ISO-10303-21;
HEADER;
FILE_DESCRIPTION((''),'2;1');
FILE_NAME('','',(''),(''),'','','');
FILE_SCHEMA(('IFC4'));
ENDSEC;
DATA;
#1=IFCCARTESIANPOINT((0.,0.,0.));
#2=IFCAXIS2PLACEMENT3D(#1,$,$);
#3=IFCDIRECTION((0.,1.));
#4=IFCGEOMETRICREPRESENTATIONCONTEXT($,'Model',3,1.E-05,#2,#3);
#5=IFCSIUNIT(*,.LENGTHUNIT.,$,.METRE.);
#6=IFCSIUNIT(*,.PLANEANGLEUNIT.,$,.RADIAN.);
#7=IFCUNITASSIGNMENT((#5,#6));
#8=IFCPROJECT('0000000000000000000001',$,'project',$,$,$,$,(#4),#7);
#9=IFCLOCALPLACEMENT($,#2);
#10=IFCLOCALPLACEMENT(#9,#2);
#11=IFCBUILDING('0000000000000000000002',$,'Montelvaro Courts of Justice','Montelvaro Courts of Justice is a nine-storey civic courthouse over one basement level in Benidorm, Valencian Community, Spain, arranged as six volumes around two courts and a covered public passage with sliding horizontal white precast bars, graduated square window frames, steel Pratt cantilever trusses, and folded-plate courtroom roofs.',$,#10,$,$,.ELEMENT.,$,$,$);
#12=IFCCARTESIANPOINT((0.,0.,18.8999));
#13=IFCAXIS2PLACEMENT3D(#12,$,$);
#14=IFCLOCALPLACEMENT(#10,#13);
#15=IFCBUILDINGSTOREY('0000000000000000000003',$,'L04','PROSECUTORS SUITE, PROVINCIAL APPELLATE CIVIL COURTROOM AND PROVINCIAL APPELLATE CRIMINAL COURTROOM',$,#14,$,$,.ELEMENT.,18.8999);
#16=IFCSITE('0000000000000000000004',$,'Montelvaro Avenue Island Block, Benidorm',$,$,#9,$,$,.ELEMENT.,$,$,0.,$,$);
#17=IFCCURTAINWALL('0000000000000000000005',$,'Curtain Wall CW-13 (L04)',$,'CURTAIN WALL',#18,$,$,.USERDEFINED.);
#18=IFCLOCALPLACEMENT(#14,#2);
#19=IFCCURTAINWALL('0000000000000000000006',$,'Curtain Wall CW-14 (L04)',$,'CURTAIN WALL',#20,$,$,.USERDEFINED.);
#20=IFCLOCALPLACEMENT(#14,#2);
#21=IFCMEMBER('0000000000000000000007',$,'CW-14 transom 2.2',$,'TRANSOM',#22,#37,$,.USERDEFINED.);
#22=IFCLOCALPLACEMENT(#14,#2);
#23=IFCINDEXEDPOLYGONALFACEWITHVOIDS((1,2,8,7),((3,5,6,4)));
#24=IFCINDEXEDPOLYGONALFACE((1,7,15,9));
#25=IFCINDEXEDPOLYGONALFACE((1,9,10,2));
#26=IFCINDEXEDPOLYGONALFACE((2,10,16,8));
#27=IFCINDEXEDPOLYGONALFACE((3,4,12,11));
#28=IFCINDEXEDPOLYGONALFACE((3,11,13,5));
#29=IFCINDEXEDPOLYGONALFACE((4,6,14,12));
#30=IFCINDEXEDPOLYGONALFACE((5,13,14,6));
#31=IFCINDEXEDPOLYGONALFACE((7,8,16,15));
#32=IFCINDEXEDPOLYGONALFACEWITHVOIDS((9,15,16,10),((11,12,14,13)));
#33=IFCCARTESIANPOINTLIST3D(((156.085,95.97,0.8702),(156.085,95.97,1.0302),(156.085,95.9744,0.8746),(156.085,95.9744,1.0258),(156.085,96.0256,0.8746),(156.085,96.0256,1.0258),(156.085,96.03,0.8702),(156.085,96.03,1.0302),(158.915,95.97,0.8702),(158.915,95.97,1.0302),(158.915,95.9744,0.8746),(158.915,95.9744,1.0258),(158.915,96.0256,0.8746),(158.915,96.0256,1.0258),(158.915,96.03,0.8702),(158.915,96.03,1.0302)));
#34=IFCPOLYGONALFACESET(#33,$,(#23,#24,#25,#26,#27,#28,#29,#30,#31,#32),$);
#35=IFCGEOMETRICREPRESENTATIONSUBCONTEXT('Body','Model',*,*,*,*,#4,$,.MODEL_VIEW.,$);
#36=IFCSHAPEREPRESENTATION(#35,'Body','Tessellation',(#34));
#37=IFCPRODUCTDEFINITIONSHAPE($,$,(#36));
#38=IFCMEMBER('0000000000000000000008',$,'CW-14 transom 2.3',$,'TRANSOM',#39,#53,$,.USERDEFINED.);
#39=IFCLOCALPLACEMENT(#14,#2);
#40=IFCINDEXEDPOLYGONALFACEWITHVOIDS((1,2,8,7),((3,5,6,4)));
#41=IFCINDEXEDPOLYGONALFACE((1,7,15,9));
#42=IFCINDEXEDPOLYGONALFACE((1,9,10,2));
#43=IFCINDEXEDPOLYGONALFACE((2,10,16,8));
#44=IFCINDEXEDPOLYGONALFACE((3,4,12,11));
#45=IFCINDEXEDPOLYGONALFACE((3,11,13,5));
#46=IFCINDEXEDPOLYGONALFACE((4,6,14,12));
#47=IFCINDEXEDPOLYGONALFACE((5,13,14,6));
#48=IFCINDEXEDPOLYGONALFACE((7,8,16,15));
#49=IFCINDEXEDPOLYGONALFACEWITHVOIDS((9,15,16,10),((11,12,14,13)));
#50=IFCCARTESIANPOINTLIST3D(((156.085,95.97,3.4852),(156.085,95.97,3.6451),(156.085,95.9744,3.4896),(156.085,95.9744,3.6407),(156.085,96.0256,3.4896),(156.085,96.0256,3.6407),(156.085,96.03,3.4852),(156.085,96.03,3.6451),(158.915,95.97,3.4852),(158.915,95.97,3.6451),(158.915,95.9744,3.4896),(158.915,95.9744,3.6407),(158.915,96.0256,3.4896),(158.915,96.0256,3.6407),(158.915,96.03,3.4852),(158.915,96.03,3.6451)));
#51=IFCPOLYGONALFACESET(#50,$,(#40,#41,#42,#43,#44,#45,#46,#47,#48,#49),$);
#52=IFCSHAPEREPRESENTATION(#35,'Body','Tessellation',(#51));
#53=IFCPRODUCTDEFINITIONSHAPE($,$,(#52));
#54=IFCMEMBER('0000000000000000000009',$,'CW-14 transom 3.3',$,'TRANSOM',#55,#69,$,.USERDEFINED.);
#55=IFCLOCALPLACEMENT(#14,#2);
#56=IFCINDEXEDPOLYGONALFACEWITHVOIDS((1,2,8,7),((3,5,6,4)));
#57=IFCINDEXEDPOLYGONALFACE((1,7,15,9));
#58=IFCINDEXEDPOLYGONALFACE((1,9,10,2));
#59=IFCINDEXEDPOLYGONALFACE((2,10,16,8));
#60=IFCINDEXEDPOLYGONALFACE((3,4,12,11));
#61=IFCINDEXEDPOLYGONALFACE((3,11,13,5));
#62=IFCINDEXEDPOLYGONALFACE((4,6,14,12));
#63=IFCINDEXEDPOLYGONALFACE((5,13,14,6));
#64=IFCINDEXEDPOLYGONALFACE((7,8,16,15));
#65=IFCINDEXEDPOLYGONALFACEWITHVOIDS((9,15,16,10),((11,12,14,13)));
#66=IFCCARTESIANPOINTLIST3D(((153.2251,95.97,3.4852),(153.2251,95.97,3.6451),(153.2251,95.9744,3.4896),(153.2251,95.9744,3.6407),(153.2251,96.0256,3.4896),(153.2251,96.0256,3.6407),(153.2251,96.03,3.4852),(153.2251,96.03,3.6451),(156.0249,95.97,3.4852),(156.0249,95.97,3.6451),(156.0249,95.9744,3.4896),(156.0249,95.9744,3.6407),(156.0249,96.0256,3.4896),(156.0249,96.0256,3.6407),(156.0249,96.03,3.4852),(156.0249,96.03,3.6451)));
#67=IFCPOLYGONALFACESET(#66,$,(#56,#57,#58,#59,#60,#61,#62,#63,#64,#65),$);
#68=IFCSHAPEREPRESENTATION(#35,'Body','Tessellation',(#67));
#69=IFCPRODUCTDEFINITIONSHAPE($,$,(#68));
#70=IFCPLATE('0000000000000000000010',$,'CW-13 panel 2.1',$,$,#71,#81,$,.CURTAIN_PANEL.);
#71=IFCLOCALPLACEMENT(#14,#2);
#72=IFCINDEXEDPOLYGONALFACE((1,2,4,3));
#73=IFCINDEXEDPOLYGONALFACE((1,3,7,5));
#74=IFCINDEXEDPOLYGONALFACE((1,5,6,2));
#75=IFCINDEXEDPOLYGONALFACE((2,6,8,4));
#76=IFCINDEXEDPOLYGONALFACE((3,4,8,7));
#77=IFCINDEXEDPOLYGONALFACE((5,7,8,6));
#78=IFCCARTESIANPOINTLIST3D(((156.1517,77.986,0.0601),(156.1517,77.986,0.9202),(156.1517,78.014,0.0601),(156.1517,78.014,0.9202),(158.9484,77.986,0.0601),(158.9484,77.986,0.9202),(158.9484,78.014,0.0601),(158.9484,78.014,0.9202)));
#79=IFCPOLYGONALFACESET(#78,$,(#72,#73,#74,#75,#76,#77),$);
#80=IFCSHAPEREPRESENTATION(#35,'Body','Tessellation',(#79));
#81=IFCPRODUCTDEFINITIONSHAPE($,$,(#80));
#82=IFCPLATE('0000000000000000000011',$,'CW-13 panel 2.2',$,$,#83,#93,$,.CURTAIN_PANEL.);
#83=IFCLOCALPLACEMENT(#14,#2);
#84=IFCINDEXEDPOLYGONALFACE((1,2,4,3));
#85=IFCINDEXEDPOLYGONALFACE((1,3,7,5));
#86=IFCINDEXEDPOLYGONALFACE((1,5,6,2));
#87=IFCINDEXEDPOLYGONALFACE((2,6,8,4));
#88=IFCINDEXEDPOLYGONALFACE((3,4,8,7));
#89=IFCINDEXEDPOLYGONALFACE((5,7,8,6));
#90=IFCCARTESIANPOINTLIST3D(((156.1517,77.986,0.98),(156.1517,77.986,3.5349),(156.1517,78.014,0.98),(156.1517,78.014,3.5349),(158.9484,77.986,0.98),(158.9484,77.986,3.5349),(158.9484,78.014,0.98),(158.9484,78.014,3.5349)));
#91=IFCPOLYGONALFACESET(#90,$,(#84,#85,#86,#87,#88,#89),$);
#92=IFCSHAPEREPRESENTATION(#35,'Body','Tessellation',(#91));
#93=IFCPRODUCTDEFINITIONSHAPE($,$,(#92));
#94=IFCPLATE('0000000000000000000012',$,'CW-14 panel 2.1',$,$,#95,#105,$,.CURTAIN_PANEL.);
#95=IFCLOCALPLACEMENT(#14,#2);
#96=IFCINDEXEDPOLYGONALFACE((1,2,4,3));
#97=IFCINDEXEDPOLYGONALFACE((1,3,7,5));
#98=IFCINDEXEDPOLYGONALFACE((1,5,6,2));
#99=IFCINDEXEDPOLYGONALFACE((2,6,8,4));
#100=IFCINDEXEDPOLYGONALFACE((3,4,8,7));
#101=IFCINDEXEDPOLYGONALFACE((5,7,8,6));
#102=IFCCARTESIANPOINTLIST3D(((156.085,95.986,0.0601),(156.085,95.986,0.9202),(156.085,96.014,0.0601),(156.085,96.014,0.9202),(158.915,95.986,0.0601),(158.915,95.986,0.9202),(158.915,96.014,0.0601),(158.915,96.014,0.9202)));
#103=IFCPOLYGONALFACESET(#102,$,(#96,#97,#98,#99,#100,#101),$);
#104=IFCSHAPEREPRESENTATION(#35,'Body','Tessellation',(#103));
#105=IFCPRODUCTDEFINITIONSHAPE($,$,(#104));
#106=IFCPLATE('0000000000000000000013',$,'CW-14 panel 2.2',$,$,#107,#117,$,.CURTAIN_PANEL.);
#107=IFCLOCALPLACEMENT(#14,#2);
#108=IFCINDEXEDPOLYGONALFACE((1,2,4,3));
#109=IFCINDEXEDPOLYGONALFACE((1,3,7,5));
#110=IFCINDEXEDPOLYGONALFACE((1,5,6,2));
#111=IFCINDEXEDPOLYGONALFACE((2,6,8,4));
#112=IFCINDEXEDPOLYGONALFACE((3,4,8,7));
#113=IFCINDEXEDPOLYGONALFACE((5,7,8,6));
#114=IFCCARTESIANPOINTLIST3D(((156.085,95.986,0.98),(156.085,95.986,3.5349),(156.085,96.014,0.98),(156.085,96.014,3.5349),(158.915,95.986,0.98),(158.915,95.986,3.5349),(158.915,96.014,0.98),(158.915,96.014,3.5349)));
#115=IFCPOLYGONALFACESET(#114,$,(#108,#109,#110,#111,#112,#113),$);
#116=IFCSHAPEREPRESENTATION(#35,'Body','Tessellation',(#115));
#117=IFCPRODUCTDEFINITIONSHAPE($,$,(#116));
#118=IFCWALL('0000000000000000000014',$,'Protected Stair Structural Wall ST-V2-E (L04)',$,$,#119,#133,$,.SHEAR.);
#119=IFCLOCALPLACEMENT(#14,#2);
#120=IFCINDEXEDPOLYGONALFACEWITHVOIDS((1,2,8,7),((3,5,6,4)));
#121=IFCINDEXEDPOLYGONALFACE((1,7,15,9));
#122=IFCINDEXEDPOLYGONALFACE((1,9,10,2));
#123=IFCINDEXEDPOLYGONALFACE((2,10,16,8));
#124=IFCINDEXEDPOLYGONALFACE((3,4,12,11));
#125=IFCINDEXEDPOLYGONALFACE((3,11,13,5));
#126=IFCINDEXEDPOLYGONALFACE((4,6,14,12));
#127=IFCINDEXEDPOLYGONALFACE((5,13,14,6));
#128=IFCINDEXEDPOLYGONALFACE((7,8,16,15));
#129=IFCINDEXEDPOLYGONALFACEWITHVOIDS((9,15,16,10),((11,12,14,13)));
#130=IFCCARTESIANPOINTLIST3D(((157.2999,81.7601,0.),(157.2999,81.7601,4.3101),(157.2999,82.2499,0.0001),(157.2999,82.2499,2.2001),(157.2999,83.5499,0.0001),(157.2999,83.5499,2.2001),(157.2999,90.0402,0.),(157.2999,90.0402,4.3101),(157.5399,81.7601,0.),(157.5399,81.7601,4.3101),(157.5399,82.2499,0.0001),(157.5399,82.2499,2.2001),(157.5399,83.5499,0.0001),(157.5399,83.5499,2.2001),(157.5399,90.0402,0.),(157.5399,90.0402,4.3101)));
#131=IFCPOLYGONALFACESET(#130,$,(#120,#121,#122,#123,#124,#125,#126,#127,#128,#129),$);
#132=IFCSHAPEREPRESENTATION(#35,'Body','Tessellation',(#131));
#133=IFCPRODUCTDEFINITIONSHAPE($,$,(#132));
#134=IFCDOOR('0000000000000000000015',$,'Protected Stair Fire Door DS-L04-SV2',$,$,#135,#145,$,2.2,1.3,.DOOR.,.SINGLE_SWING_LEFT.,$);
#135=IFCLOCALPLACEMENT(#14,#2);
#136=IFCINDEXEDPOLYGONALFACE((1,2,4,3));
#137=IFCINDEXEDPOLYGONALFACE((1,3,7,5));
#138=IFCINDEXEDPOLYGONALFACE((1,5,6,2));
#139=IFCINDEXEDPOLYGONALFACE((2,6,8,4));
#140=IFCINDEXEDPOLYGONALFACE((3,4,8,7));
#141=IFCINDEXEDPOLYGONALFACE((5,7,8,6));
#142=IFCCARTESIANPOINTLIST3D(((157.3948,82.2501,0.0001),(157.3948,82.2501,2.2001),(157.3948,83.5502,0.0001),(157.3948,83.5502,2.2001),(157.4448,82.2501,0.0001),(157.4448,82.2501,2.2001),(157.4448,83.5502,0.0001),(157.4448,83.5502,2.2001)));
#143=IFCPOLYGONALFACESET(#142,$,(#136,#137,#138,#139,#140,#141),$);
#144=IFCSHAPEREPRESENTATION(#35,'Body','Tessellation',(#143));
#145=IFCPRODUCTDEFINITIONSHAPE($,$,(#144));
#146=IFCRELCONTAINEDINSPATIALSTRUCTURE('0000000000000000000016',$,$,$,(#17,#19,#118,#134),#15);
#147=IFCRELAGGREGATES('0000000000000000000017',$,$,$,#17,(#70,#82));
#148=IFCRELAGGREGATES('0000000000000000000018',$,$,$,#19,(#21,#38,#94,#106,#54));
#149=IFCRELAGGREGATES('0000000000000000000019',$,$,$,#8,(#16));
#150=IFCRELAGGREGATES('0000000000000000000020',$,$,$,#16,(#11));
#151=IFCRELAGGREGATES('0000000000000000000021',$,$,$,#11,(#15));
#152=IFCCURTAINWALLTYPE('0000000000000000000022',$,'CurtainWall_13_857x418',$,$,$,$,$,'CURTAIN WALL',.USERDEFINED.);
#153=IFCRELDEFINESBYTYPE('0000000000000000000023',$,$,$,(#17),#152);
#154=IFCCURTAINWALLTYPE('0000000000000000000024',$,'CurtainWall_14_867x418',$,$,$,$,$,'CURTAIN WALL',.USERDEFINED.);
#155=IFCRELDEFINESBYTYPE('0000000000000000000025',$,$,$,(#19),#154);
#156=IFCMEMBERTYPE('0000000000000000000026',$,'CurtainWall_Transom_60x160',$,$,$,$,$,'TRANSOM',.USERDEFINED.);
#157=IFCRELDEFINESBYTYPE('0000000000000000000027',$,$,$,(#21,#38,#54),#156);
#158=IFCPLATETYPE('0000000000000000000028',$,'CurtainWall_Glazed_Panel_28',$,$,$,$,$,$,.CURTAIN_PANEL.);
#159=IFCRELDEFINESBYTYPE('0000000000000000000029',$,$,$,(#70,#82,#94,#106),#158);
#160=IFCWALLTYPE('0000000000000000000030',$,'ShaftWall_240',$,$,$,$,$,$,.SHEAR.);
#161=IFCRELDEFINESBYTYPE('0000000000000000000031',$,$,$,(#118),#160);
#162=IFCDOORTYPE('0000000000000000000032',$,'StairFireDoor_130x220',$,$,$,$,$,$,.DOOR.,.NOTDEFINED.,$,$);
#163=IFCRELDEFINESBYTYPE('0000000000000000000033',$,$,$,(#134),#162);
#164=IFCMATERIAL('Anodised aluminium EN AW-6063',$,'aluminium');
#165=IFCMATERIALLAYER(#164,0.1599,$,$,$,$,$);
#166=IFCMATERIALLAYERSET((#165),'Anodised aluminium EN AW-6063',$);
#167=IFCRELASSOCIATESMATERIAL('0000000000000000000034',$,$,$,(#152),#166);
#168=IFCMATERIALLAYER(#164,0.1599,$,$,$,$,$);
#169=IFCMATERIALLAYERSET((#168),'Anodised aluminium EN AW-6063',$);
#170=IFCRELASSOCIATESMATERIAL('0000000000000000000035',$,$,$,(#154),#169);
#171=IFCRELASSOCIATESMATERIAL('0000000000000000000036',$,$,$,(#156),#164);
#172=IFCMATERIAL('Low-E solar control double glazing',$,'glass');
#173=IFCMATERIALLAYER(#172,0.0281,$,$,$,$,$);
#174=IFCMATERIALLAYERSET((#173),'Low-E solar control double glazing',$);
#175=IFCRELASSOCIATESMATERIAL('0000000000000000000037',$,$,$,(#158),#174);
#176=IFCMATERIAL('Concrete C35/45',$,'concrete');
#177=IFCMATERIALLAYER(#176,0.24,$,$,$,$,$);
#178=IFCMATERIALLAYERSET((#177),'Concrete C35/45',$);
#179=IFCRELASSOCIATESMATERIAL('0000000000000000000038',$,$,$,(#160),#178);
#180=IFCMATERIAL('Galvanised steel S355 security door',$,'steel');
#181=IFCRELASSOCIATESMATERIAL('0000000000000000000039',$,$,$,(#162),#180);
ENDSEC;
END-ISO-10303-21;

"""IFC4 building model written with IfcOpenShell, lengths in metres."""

from ifc_helpers import new_model, si_unit, direction, frame, frame_2d, origin, origin_2d, place, context, subcontext, project, spatial, rectangle, hollow_rectangle, extrude, material, layer, layer_set, material_profile, profile_set, type_object, element, fill, aggregate, save


model = new_model("IFC4")

# Units and contexts
model_context = context("Model", 3, precision=1e-05, world=origin(), true_north=direction((0.0, 1.0)))
body_context = subcontext(model_context, "Body", "Model", "MODEL_VIEW")
ifc_project = project(units=[si_unit("LENGTHUNIT", "METRE"), si_unit("PLANEANGLEUNIT", "RADIAN")], contexts=[model_context])

# Site, building, storey
site_placement = place(None, origin())
site = spatial("IfcSite", under=ifc_project, at=site_placement, Name="Montelvaro Avenue Island Block, Benidorm", CompositionType="ELEMENT", RefElevation=0.0)
building_placement = place(site_placement, origin())
building = spatial("IfcBuilding", under=site, at=building_placement, Name="Montelvaro Courts of Justice", Description="Montelvaro Courts of Justice is a nine-storey civic courthouse over one basement level in Benidorm, Valencian Community, Spain, arranged as six volumes around two courts and a covered public passage with sliding horizontal white precast bars, graduated square window frames, steel Pratt cantilever trusses, and folded-plate courtroom roofs.", CompositionType="ELEMENT")
storey_placement = place(building_placement, frame((0.0, 0.0, 18.8999)))
storey = spatial("IfcBuildingStorey", under=building, at=storey_placement, Name="L04", Description="PROSECUTORS SUITE, PROVINCIAL APPELLATE CIVIL COURTROOM AND PROVINCIAL APPELLATE CRIMINAL COURTROOM", CompositionType="ELEMENT", Elevation=18.8999)

# Curtain walls
ifc_material_1 = material(Name="Anodised aluminium EN AW-6063", Category="aluminium")
ifc_layer_1 = layer(ifc_material_1, 0.1599)
ifc_layer_set_1 = layer_set([ifc_layer_1], Name="Anodised aluminium EN AW-6063")
curtain_wall_type_1 = type_object("IfcCurtainWallType", Name="CurtainWall_13_857x418", ElementType="CURTAIN WALL", PredefinedType="USERDEFINED", material=ifc_layer_set_1)
curtain_wall_1_placement = place(storey_placement, origin())
curtain_wall_1 = element("IfcCurtainWall", 1, at=curtain_wall_1_placement, inside=storey, type_object=curtain_wall_type_1, Name="Curtain Wall CW-13 (L04)", ObjectType="CURTAIN WALL", PredefinedType="USERDEFINED")
ifc_layer_2 = layer(ifc_material_1, 0.1599)
ifc_layer_set_2 = layer_set([ifc_layer_2], Name="Anodised aluminium EN AW-6063")
curtain_wall_type_2 = type_object("IfcCurtainWallType", Name="CurtainWall_14_867x418", ElementType="CURTAIN WALL", PredefinedType="USERDEFINED", material=ifc_layer_set_2)
curtain_wall_2_placement = place(storey_placement, origin())
curtain_wall_2 = element("IfcCurtainWall", 2, at=curtain_wall_2_placement, inside=storey, type_object=curtain_wall_type_2, Name="Curtain Wall CW-14 (L04)", ObjectType="CURTAIN WALL", PredefinedType="USERDEFINED")

# Members
ifc_material_profile_1 = material_profile(ifc_material_1, hollow_rectangle(XDim=0.0601, YDim=0.1599, WallThickness=0.0044, at=origin_2d()), Name="ALU-T 60x160")
ifc_profile_set_1 = profile_set([ifc_material_profile_1], Name="Anodised aluminium EN AW-6063")
member_type_1 = type_object("IfcMemberType", Name="CurtainWall_Transom_60x160", ElementType="TRANSOM", PredefinedType="USERDEFINED", material=ifc_profile_set_1)
member_1_placement = place(storey_placement, frame((158.915, 96.0, 0.9502), z_axis=(-1.0, 0.0, 0.0), x_axis=(0.0, -1.0, 0.0)))
member_1 = element("IfcMember", 3, at=member_1_placement, type_object=member_type_1, Name="CW-14 transom 2.2", ObjectType="TRANSOM", PredefinedType="USERDEFINED", context=body_context, shape_type="SweptSolid", body=[
    extrude(hollow_rectangle(XDim=0.0601, YDim=0.1599, WallThickness=0.0044, at=origin_2d()), origin(), (0.0, 0.0, 1.0), 2.8301),
])
member_2_placement = place(storey_placement, frame((158.915, 96.0, 3.5652), z_axis=(-1.0, 0.0, 0.0), x_axis=(0.0, -1.0, 0.0)))
member_2 = element("IfcMember", 4, at=member_2_placement, type_object=member_type_1, Name="CW-14 transom 2.3", ObjectType="TRANSOM", PredefinedType="USERDEFINED", context=body_context, shape_type="SweptSolid", body=[
    extrude(hollow_rectangle(XDim=0.0601, YDim=0.1599, WallThickness=0.0044, at=origin_2d()), origin(), (0.0, 0.0, 1.0), 2.8301),
])
member_3_placement = place(storey_placement, frame((156.0249, 96.0, 3.5652), z_axis=(-1.0, 0.0, 0.0), x_axis=(0.0, -1.0, 0.0)))
member_3 = element("IfcMember", 5, at=member_3_placement, type_object=member_type_1, Name="CW-14 transom 3.3", ObjectType="TRANSOM", PredefinedType="USERDEFINED", context=body_context, shape_type="SweptSolid", body=[
    extrude(hollow_rectangle(XDim=0.0601, YDim=0.1599, WallThickness=0.0044, at=origin_2d()), origin(), (0.0, 0.0, 1.0), 2.7998),
])

# Plates
ifc_material_2 = material(Name="Low-E solar control double glazing", Category="glass")
ifc_layer_3 = layer(ifc_material_2, 0.0281)
ifc_layer_set_3 = layer_set([ifc_layer_3], Name="Low-E solar control double glazing")
plate_type = type_object("IfcPlateType", Name="CurtainWall_Glazed_Panel_28", PredefinedType="CURTAIN_PANEL", material=ifc_layer_set_3)
plate_1_placement = place(storey_placement, frame((157.55, 78.0, 0.0601), z_axis=(0.0, 0.0, 1.0), x_axis=(1.0, 0.0, 0.0)))
plate_1 = element("IfcPlate", 6, at=plate_1_placement, type_object=plate_type, Name="CW-13 panel 2.1", PredefinedType="CURTAIN_PANEL", context=body_context, shape_type="SweptSolid", body=[
    extrude(rectangle(XDim=2.7966, YDim=0.0281, at=origin_2d()), origin(), (0.0, 0.0, 1.0), 0.8601),
])
plate_2_placement = place(storey_placement, frame((157.55, 78.0, 0.98), z_axis=(0.0, 0.0, 1.0), x_axis=(1.0, 0.0, 0.0)))
plate_2 = element("IfcPlate", 7, at=plate_2_placement, type_object=plate_type, Name="CW-13 panel 2.2", PredefinedType="CURTAIN_PANEL", context=body_context, shape_type="SweptSolid", body=[
    extrude(rectangle(XDim=2.7966, YDim=0.0281, at=origin_2d()), origin(), (0.0, 0.0, 1.0), 2.5549),
])
aggregate(curtain_wall_1, [plate_1, plate_2])
plate_3_placement = place(storey_placement, frame((157.5, 96.0, 0.0601), z_axis=(0.0, 0.0, 1.0), x_axis=(-1.0, 0.0, 0.0)))
plate_3 = element("IfcPlate", 8, at=plate_3_placement, type_object=plate_type, Name="CW-14 panel 2.1", PredefinedType="CURTAIN_PANEL", context=body_context, shape_type="SweptSolid", body=[
    extrude(rectangle(XDim=2.8301, YDim=0.0281, at=origin_2d()), origin(), (0.0, 0.0, 1.0), 0.8601),
])
plate_4_placement = place(storey_placement, frame((157.5, 96.0, 0.98), z_axis=(0.0, 0.0, 1.0), x_axis=(-1.0, 0.0, 0.0)))
plate_4 = element("IfcPlate", 9, at=plate_4_placement, type_object=plate_type, Name="CW-14 panel 2.2", PredefinedType="CURTAIN_PANEL", context=body_context, shape_type="SweptSolid", body=[
    extrude(rectangle(XDim=2.8301, YDim=0.0281, at=origin_2d()), origin(), (0.0, 0.0, 1.0), 2.5549),
])
aggregate(curtain_wall_2, [member_1, member_2, plate_3, plate_4, member_3])

# Wall, opening, door
ifc_material_3 = material(Name="Concrete C35/45", Category="concrete")
ifc_layer_4 = layer(ifc_material_3, 0.24)
ifc_layer_set_4 = layer_set([ifc_layer_4], Name="Concrete C35/45")
wall_type = type_object("IfcWallType", Name="ShaftWall_240", PredefinedType="SHEAR", material=ifc_layer_set_4)
wall_placement = place(storey_placement, frame((157.4199, 81.76, 0.0), z_axis=(0.0, 0.0, 1.0), x_axis=(0.0, 1.0, 0.0)))
wall = element("IfcWall", 10, at=wall_placement, inside=storey, type_object=wall_type, Name="Protected Stair Structural Wall ST-V2-E (L04)", PredefinedType="SHEAR", context=body_context, shape_type="SweptSolid", body=[
    extrude(rectangle(XDim=8.28, YDim=0.24, at=frame_2d((4.1401, 0.0))), origin(), (0.0, 0.0, 1.0), 4.3101),
])
opening_placement = place(wall_placement, frame((0.49, 0.0, 0.0)))
opening = element("IfcOpeningElement", 11, at=opening_placement, cuts=wall, PredefinedType="OPENING", context=body_context, shape_type="SweptSolid", body=[
    extrude(rectangle(XDim=1.3, YDim=2.2, at=frame_2d((0.6499, 1.1001))), frame((0.0, 0.1348, 0.0), z_axis=(0.0, -1.0, 0.0), x_axis=(1.0, 0.0, 0.0)), (0.0, 0.0, 1.0), 0.2698),
])
ifc_material_4 = material(Name="Galvanised steel S355 security door", Category="steel")
door_type = type_object("IfcDoorType", Name="StairFireDoor_130x220", OperationType="NOTDEFINED", PredefinedType="DOOR", material=ifc_material_4)
door_placement = place(opening_placement, frame((1.3, 0.0, 0.0), z_axis=(0.0, 0.0, 1.0), x_axis=(-1.0, 0.0, 0.0)))
door = element("IfcDoor", 12, at=door_placement, inside=storey, type_object=door_type, Name="Protected Stair Fire Door DS-L04-SV2", OperationType="SINGLE_SWING_LEFT", OverallHeight=2.2, OverallWidth=1.3, PredefinedType="DOOR", context=body_context, shape_type="SweptSolid", body=[
    extrude(rectangle(XDim=1.3, YDim=2.2, at=frame_2d((0.6499, 1.1001))), frame((0.0, 0.0249, 0.0), z_axis=(0.0, -1.0, 0.0), x_axis=(1.0, 0.0, 0.0)), (0.0, 0.0, 1.0), 0.05),
])
fill(opening, door)

save(model, "model.ifc")
